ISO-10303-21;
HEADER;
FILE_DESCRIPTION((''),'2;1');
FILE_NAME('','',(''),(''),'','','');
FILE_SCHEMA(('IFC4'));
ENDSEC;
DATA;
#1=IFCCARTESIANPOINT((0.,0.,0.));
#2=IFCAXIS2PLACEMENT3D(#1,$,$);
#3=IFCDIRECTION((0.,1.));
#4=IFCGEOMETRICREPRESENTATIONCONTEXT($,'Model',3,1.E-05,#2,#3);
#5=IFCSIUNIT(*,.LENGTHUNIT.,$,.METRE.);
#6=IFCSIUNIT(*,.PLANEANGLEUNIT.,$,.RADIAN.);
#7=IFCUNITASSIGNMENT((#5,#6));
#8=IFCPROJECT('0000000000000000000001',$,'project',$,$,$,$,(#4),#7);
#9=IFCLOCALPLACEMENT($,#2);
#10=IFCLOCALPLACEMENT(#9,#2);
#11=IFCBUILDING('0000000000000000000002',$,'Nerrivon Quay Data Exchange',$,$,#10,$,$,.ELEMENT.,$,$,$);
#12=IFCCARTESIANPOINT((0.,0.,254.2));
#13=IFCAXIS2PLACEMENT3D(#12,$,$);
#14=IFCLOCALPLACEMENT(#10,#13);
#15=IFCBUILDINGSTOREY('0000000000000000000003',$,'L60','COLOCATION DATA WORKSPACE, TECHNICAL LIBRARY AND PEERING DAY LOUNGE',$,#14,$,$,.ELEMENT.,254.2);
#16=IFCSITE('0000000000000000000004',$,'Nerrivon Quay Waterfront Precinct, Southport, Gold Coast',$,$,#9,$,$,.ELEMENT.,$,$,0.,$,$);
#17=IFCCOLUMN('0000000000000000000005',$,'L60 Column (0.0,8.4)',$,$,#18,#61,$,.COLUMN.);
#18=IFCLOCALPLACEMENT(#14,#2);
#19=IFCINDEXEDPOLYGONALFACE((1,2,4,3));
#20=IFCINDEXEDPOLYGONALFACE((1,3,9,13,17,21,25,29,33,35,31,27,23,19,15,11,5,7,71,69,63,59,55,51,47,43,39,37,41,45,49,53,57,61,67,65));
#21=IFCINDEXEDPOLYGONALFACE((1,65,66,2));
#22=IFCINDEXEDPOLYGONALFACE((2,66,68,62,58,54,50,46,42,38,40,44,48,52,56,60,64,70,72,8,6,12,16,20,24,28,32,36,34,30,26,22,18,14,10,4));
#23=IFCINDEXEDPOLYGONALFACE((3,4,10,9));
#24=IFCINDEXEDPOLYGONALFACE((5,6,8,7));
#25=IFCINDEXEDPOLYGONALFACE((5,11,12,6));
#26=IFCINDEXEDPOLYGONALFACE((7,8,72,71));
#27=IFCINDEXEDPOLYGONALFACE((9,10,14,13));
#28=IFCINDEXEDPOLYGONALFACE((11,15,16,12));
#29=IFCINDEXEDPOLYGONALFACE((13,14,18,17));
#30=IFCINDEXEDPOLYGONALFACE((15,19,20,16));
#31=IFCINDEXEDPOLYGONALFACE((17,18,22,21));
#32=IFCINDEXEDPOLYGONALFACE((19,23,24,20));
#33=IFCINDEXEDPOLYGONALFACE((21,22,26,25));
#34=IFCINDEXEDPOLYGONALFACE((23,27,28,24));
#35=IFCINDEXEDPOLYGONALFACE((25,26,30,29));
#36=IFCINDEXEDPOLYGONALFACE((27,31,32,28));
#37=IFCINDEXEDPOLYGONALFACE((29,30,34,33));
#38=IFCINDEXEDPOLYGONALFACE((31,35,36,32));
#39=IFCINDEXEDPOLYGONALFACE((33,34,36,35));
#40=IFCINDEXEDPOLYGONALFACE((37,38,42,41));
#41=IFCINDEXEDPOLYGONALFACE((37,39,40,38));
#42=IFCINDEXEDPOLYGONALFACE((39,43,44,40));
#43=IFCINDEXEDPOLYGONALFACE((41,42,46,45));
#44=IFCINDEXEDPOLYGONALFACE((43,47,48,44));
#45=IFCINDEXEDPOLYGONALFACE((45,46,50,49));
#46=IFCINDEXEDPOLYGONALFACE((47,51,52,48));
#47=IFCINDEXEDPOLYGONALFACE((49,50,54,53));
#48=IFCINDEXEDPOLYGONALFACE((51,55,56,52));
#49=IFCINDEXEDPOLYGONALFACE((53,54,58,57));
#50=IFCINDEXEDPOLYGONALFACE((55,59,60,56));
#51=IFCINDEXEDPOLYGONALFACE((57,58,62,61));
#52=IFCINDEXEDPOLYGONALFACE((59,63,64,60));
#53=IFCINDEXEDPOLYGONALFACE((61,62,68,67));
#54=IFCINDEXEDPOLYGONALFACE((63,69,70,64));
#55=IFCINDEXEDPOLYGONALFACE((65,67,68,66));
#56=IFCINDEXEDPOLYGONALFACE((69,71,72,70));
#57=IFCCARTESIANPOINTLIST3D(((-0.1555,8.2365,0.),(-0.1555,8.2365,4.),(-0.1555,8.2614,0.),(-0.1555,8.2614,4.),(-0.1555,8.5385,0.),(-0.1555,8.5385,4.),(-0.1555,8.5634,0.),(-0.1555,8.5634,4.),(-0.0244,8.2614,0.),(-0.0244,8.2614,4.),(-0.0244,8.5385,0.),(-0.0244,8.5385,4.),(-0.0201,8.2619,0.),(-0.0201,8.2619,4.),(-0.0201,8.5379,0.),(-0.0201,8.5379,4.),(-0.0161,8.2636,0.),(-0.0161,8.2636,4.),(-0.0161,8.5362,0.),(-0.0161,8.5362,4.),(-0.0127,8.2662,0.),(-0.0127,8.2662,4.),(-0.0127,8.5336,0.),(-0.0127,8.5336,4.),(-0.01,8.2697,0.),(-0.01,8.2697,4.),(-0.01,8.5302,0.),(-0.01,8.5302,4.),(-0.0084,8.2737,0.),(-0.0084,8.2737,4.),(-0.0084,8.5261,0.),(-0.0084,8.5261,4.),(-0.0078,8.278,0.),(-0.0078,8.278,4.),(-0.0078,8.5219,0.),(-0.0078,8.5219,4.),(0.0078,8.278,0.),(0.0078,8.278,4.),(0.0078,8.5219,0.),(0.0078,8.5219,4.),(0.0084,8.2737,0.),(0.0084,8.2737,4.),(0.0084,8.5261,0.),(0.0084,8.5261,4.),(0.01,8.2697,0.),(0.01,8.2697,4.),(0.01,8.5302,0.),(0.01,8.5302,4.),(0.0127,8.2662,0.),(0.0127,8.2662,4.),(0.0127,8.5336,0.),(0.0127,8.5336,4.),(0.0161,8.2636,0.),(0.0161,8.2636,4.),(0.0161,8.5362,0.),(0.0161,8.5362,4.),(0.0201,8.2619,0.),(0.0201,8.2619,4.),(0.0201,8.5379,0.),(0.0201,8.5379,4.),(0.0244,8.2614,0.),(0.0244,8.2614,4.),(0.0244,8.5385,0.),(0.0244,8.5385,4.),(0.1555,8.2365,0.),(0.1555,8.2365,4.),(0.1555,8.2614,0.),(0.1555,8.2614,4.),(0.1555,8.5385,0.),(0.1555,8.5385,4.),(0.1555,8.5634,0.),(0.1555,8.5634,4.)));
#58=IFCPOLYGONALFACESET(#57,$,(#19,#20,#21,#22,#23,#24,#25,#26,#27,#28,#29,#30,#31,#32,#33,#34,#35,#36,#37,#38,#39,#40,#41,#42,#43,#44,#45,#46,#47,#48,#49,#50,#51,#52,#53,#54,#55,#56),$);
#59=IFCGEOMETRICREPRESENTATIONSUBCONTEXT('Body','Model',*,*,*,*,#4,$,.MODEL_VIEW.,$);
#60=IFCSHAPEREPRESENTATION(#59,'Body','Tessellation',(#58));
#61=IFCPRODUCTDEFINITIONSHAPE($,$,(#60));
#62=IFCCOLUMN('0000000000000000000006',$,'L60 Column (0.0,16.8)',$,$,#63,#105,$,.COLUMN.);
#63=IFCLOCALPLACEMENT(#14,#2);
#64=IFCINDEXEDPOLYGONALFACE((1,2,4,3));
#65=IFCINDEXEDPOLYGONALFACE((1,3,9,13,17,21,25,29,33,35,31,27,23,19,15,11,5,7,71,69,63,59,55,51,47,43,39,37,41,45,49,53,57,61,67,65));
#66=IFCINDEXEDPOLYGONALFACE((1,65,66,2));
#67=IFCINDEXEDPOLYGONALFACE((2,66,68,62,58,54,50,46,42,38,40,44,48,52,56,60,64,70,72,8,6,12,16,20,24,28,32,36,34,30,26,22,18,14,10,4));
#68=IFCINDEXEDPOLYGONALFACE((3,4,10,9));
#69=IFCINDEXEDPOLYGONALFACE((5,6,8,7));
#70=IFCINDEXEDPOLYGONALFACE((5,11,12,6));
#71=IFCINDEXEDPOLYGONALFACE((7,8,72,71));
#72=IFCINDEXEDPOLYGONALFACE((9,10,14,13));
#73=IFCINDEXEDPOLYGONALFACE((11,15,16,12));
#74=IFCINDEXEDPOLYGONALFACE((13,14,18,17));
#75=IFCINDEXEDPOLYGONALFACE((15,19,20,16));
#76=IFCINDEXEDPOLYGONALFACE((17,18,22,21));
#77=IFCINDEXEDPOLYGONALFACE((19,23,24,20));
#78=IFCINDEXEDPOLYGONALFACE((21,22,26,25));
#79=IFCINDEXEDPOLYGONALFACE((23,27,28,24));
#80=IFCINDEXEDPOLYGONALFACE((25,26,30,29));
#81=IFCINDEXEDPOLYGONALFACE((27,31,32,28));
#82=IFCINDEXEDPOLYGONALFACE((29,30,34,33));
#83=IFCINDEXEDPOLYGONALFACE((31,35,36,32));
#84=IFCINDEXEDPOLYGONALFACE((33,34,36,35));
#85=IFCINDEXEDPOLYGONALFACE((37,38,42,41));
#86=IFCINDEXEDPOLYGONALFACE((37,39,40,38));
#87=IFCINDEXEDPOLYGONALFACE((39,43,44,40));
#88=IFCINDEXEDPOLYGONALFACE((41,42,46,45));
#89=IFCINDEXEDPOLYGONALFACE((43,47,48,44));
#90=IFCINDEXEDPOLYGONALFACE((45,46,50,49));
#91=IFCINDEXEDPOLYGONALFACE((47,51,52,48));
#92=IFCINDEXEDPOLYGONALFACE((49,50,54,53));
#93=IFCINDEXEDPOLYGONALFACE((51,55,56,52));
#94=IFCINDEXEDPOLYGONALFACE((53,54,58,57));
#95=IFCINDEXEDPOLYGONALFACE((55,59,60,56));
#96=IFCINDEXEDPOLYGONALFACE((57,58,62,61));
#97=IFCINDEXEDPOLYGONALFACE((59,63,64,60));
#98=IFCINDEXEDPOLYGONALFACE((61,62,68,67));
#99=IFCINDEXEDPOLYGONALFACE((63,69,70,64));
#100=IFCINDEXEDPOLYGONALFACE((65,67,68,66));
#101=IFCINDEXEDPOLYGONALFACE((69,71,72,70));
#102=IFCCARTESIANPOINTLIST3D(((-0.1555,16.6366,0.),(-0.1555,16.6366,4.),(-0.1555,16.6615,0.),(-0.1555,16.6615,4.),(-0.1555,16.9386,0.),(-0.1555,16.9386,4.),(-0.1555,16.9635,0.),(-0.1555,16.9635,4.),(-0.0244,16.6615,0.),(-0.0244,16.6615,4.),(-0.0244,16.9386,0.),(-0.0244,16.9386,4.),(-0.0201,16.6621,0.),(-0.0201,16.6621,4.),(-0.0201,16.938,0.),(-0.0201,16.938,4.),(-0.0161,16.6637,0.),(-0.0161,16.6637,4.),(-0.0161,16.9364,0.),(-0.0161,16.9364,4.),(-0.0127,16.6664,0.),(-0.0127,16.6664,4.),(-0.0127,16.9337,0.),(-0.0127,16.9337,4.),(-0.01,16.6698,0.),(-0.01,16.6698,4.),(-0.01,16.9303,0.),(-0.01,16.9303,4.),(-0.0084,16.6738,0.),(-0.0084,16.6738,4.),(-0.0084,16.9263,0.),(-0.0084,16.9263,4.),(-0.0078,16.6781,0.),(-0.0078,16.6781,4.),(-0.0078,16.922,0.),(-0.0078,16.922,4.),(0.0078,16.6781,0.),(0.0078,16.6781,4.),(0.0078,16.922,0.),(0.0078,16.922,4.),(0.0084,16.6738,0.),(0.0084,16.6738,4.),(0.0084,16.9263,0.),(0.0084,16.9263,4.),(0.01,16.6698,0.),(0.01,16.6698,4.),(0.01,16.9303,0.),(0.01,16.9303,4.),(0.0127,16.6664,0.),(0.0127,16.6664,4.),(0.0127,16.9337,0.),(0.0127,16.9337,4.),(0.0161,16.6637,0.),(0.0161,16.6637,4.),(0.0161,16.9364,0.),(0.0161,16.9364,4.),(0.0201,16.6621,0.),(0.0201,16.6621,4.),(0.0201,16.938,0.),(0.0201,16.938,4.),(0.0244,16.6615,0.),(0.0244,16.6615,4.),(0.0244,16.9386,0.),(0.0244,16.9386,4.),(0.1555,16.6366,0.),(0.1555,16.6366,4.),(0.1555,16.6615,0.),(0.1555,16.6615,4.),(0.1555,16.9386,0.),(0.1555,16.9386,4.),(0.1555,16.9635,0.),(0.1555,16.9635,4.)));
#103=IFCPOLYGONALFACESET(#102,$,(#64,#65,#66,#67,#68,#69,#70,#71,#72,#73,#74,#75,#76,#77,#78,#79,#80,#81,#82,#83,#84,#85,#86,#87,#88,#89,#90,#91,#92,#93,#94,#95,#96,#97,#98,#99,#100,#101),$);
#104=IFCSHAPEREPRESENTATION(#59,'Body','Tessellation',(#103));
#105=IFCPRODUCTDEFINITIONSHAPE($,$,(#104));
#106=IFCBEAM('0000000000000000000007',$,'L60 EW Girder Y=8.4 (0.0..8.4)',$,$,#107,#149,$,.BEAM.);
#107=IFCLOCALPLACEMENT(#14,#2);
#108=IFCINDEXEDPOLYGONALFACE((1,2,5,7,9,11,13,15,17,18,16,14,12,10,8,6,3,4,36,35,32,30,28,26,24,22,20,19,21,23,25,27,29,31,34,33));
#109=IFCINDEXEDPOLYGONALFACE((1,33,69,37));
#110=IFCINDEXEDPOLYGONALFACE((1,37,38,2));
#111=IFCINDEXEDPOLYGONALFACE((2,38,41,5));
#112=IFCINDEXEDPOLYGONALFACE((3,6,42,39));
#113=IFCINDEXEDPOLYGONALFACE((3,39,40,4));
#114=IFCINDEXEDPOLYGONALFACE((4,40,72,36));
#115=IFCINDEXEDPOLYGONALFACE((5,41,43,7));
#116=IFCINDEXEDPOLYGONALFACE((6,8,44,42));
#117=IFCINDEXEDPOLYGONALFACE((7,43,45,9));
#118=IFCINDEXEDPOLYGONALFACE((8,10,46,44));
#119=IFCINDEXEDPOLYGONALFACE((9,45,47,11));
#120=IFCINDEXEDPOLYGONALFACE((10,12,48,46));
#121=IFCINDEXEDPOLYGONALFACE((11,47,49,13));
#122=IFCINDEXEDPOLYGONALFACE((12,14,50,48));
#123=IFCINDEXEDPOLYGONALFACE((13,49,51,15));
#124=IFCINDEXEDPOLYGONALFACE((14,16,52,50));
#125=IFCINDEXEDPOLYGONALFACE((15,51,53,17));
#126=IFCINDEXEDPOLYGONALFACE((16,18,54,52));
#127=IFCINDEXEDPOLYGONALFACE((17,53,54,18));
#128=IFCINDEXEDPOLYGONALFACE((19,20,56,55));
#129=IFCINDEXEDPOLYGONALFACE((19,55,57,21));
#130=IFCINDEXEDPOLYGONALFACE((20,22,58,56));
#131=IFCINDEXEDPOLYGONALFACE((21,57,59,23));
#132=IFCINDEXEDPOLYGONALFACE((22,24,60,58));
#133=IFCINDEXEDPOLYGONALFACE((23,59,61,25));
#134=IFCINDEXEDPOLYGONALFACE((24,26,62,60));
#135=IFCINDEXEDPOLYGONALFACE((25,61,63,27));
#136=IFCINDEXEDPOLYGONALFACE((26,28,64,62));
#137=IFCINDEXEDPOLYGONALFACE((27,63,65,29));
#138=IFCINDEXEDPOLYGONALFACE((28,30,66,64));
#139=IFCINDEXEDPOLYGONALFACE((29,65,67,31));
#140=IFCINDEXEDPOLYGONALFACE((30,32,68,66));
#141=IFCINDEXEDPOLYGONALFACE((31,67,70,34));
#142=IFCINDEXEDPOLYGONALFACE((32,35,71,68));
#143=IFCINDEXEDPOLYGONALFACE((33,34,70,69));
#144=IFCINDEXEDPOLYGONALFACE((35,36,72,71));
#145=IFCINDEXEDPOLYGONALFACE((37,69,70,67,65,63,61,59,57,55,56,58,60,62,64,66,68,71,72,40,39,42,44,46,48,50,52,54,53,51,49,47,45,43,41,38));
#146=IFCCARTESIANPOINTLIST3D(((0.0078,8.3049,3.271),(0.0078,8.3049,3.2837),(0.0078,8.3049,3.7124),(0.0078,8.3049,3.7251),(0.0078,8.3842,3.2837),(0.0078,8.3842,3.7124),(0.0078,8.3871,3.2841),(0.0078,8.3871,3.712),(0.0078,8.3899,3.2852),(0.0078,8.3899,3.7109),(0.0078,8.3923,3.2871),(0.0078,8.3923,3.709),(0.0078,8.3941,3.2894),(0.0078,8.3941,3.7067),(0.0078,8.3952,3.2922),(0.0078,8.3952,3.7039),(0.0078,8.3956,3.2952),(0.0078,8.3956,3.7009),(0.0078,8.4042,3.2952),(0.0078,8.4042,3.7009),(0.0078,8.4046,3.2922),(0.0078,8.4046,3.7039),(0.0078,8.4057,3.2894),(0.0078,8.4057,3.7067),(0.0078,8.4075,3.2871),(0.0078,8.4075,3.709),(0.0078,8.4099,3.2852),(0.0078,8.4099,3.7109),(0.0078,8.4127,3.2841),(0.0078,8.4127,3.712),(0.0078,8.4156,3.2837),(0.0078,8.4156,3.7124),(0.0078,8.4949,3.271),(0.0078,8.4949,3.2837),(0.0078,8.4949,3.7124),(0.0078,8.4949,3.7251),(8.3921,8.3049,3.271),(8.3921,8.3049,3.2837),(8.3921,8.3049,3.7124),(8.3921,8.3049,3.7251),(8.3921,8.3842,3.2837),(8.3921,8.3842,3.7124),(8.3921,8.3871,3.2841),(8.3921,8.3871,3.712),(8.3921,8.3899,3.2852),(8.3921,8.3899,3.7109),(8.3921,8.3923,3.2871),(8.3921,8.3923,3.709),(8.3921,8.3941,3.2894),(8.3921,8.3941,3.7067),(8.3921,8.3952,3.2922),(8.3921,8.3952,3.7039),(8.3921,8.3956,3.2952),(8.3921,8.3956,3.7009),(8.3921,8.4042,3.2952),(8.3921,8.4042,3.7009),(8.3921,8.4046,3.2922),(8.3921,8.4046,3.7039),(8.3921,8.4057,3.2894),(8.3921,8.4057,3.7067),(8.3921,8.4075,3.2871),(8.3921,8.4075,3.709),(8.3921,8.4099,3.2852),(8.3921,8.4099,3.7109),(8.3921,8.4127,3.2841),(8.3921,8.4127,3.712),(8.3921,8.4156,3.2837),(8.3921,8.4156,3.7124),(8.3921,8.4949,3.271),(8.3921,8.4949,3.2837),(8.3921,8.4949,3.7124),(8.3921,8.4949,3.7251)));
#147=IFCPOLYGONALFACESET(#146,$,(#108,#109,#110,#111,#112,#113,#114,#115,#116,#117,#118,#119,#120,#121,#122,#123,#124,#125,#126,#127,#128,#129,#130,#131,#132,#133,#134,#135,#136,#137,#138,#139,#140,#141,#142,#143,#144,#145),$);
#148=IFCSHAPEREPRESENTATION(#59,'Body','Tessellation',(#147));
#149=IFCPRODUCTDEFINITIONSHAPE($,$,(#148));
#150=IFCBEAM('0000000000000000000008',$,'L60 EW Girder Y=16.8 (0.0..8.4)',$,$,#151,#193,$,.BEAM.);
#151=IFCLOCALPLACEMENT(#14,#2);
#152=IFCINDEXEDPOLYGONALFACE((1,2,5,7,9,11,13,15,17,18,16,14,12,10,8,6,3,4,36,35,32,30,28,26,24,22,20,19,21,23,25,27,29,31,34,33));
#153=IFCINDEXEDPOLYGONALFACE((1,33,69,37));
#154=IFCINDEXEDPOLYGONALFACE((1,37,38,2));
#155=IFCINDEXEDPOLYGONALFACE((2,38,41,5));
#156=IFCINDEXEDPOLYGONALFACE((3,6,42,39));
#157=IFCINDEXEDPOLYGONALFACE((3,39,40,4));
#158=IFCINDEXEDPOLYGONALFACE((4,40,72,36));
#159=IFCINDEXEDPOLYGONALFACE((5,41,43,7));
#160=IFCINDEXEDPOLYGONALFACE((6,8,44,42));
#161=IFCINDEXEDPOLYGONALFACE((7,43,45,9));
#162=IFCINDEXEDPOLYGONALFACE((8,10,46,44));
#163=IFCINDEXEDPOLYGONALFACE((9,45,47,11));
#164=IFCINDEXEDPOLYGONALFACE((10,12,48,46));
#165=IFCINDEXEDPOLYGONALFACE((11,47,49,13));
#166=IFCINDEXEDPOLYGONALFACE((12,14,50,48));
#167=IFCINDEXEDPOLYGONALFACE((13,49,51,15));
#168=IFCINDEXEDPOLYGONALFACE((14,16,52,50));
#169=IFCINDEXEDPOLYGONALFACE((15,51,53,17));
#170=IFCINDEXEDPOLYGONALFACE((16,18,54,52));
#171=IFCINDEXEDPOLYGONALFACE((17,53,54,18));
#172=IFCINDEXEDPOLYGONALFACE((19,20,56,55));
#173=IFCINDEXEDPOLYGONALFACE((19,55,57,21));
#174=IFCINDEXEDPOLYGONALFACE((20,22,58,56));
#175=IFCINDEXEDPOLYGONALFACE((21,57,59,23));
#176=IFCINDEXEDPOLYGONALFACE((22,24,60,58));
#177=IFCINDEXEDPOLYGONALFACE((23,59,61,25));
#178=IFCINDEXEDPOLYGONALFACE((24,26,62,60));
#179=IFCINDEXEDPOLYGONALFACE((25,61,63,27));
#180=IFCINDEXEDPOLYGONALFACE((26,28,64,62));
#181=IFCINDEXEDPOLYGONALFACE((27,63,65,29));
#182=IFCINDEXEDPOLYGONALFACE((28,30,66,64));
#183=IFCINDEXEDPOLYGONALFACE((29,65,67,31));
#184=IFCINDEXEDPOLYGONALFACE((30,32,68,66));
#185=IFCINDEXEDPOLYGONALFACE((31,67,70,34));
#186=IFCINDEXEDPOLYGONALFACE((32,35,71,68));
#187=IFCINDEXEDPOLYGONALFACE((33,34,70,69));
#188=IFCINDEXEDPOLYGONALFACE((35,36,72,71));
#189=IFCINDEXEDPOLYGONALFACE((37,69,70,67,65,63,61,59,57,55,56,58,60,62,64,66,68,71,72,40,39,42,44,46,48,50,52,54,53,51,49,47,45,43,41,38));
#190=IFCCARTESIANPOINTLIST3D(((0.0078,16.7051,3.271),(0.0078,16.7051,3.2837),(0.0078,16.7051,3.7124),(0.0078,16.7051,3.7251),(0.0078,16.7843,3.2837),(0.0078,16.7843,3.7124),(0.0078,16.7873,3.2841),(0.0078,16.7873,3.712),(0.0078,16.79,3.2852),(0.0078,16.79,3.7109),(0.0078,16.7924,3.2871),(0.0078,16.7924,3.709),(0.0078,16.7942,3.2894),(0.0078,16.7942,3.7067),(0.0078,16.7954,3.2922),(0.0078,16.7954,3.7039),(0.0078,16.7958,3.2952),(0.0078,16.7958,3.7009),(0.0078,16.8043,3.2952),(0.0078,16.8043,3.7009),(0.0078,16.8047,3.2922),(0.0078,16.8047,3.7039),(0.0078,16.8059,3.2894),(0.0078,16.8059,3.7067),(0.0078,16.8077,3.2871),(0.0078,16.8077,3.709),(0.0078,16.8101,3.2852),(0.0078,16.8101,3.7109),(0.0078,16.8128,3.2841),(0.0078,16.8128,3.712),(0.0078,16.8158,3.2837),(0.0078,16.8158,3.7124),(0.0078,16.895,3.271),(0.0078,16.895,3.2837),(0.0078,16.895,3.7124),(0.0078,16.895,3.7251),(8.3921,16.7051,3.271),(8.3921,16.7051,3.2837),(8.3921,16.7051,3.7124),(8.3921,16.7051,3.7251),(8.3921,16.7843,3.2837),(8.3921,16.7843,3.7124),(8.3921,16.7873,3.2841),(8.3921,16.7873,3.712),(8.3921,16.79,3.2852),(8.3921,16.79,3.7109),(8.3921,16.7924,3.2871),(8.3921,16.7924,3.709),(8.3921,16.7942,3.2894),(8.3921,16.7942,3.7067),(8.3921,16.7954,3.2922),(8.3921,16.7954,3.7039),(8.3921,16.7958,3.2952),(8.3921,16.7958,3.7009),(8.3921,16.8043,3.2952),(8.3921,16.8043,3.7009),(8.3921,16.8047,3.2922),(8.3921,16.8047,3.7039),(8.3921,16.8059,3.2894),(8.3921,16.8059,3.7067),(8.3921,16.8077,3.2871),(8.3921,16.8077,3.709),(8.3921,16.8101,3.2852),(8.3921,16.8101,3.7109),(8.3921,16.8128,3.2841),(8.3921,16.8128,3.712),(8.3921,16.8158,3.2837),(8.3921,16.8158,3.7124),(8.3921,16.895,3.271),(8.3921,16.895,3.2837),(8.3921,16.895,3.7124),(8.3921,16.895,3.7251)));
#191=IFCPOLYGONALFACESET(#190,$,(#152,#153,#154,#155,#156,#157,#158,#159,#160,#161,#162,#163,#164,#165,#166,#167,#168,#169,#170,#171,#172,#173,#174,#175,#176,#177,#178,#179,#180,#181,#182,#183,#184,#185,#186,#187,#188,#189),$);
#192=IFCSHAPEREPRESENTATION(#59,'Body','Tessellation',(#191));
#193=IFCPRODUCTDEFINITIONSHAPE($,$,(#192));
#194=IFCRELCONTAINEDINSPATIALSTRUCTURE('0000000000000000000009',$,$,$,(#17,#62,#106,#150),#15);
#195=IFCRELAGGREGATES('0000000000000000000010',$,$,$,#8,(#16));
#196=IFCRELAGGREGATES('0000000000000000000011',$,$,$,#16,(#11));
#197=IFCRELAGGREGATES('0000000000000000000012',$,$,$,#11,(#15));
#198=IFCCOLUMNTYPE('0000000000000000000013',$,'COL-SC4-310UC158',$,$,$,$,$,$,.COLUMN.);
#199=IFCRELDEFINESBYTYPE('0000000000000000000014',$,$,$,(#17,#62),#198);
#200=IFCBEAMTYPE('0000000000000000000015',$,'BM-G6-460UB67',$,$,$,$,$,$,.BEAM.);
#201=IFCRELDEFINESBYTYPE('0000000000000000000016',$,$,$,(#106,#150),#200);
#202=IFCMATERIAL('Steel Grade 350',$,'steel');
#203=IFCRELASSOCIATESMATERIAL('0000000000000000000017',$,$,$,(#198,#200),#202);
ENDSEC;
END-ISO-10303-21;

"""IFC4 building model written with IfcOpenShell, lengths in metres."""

from ifc_helpers import new_model, si_unit, direction, frame, origin, origin_2d, place, context, subcontext, project, spatial, i_section, extrude, material, material_profile, profile_set, type_object, element, save


model = new_model("IFC4")

# Units and contexts
model_context = context("Model", 3, precision=1e-05, world=origin(), true_north=direction((0.0, 1.0)))
body_context = subcontext(model_context, "Body", "Model", "MODEL_VIEW")
ifc_project = project(units=[si_unit("LENGTHUNIT", "METRE"), si_unit("PLANEANGLEUNIT", "RADIAN")], contexts=[model_context])

# Site, building, storey
site_placement = place(None, origin())
site = spatial("IfcSite", under=ifc_project, at=site_placement, Name="Nerrivon Quay Waterfront Precinct, Southport, Gold Coast", CompositionType="ELEMENT", RefElevation=0.0)
building_placement = place(site_placement, origin())
building = spatial("IfcBuilding", under=site, at=building_placement, Name="Nerrivon Quay Data Exchange", CompositionType="ELEMENT")
storey_placement = place(building_placement, frame((0.0, 0.0, 254.2)))
storey = spatial("IfcBuildingStorey", under=building, at=storey_placement, Name="L60", Description="COLOCATION DATA WORKSPACE, TECHNICAL LIBRARY AND PEERING DAY LOUNGE", CompositionType="ELEMENT", Elevation=254.2)

# Columns
ifc_material_1 = material(Name="Steel Grade 350", Category="steel")
ifc_material_profile_1 = material_profile(ifc_material_1, i_section(OverallWidth=0.311, OverallDepth=0.3269, WebThickness=0.0156, FlangeThickness=0.0249, FilletRadius=0.0166, at=origin_2d()), Name="310UC158")
ifc_profile_set_1 = profile_set([ifc_material_profile_1], Name="Steel Grade 350")
column_type = type_object("IfcColumnType", Name="COL-SC4-310UC158", PredefinedType="COLUMN", material=ifc_profile_set_1)
for number, where, z_axis, x_axis, name in (
    (1, (0.0, 8.3999, 0.0), (0.0, 0.0, 1.0), (1.0, 0.0, 0.0), "L60 Column (0.0,8.4)"),
    (2, (0.0, 16.8, 0.0), (0.0, 0.0, 1.0), (1.0, 0.0, 0.0), "L60 Column (0.0,16.8)"),
):
    element("IfcColumn", number, at=place(storey_placement, frame(where, z_axis=z_axis, x_axis=x_axis)), inside=storey, type_object=column_type, Name=name, PredefinedType="COLUMN", context=body_context, shape_type="SweptSolid", body=[
        extrude(i_section(OverallWidth=0.311, OverallDepth=0.3269, WebThickness=0.0156, FlangeThickness=0.0249, FilletRadius=0.0166, at=origin_2d()), origin(), (0.0, 0.0, 1.0), 4.0),
    ])

# Beams
ifc_material_profile_2 = material_profile(ifc_material_1, i_section(OverallWidth=0.1899, OverallDepth=0.4541, WebThickness=0.0085, FlangeThickness=0.0127, FilletRadius=0.0115, at=origin_2d()), Name="460UB67.1")
ifc_profile_set_2 = profile_set([ifc_material_profile_2], Name="Steel Grade 350")
beam_type_1 = type_object("IfcBeamType", Name="BM-G6-460UB67", PredefinedType="BEAM", material=ifc_profile_set_2)
for number, where, z_axis, x_axis, name in (
    (3, (0.0078, 8.3999, 3.498), (1.0, 0.0, 0.0), (0.0, 1.0, 0.0), "L60 EW Girder Y=8.4 (0.0..8.4)"),
    (4, (0.0078, 16.8, 3.498), (1.0, 0.0, 0.0), (0.0, 1.0, 0.0), "L60 EW Girder Y=16.8 (0.0..8.4)"),
):
    element("IfcBeam", number, at=place(storey_placement, frame(where, z_axis=z_axis, x_axis=x_axis)), inside=storey, type_object=beam_type_1, Name=name, PredefinedType="BEAM", context=body_context, shape_type="SweptSolid", body=[
        extrude(i_section(OverallWidth=0.1899, OverallDepth=0.4541, WebThickness=0.0085, FlangeThickness=0.0127, FilletRadius=0.0115, at=origin_2d()), origin(), (0.0, 0.0, 1.0), 8.3843),
    ])

save(model, "model.ifc")
